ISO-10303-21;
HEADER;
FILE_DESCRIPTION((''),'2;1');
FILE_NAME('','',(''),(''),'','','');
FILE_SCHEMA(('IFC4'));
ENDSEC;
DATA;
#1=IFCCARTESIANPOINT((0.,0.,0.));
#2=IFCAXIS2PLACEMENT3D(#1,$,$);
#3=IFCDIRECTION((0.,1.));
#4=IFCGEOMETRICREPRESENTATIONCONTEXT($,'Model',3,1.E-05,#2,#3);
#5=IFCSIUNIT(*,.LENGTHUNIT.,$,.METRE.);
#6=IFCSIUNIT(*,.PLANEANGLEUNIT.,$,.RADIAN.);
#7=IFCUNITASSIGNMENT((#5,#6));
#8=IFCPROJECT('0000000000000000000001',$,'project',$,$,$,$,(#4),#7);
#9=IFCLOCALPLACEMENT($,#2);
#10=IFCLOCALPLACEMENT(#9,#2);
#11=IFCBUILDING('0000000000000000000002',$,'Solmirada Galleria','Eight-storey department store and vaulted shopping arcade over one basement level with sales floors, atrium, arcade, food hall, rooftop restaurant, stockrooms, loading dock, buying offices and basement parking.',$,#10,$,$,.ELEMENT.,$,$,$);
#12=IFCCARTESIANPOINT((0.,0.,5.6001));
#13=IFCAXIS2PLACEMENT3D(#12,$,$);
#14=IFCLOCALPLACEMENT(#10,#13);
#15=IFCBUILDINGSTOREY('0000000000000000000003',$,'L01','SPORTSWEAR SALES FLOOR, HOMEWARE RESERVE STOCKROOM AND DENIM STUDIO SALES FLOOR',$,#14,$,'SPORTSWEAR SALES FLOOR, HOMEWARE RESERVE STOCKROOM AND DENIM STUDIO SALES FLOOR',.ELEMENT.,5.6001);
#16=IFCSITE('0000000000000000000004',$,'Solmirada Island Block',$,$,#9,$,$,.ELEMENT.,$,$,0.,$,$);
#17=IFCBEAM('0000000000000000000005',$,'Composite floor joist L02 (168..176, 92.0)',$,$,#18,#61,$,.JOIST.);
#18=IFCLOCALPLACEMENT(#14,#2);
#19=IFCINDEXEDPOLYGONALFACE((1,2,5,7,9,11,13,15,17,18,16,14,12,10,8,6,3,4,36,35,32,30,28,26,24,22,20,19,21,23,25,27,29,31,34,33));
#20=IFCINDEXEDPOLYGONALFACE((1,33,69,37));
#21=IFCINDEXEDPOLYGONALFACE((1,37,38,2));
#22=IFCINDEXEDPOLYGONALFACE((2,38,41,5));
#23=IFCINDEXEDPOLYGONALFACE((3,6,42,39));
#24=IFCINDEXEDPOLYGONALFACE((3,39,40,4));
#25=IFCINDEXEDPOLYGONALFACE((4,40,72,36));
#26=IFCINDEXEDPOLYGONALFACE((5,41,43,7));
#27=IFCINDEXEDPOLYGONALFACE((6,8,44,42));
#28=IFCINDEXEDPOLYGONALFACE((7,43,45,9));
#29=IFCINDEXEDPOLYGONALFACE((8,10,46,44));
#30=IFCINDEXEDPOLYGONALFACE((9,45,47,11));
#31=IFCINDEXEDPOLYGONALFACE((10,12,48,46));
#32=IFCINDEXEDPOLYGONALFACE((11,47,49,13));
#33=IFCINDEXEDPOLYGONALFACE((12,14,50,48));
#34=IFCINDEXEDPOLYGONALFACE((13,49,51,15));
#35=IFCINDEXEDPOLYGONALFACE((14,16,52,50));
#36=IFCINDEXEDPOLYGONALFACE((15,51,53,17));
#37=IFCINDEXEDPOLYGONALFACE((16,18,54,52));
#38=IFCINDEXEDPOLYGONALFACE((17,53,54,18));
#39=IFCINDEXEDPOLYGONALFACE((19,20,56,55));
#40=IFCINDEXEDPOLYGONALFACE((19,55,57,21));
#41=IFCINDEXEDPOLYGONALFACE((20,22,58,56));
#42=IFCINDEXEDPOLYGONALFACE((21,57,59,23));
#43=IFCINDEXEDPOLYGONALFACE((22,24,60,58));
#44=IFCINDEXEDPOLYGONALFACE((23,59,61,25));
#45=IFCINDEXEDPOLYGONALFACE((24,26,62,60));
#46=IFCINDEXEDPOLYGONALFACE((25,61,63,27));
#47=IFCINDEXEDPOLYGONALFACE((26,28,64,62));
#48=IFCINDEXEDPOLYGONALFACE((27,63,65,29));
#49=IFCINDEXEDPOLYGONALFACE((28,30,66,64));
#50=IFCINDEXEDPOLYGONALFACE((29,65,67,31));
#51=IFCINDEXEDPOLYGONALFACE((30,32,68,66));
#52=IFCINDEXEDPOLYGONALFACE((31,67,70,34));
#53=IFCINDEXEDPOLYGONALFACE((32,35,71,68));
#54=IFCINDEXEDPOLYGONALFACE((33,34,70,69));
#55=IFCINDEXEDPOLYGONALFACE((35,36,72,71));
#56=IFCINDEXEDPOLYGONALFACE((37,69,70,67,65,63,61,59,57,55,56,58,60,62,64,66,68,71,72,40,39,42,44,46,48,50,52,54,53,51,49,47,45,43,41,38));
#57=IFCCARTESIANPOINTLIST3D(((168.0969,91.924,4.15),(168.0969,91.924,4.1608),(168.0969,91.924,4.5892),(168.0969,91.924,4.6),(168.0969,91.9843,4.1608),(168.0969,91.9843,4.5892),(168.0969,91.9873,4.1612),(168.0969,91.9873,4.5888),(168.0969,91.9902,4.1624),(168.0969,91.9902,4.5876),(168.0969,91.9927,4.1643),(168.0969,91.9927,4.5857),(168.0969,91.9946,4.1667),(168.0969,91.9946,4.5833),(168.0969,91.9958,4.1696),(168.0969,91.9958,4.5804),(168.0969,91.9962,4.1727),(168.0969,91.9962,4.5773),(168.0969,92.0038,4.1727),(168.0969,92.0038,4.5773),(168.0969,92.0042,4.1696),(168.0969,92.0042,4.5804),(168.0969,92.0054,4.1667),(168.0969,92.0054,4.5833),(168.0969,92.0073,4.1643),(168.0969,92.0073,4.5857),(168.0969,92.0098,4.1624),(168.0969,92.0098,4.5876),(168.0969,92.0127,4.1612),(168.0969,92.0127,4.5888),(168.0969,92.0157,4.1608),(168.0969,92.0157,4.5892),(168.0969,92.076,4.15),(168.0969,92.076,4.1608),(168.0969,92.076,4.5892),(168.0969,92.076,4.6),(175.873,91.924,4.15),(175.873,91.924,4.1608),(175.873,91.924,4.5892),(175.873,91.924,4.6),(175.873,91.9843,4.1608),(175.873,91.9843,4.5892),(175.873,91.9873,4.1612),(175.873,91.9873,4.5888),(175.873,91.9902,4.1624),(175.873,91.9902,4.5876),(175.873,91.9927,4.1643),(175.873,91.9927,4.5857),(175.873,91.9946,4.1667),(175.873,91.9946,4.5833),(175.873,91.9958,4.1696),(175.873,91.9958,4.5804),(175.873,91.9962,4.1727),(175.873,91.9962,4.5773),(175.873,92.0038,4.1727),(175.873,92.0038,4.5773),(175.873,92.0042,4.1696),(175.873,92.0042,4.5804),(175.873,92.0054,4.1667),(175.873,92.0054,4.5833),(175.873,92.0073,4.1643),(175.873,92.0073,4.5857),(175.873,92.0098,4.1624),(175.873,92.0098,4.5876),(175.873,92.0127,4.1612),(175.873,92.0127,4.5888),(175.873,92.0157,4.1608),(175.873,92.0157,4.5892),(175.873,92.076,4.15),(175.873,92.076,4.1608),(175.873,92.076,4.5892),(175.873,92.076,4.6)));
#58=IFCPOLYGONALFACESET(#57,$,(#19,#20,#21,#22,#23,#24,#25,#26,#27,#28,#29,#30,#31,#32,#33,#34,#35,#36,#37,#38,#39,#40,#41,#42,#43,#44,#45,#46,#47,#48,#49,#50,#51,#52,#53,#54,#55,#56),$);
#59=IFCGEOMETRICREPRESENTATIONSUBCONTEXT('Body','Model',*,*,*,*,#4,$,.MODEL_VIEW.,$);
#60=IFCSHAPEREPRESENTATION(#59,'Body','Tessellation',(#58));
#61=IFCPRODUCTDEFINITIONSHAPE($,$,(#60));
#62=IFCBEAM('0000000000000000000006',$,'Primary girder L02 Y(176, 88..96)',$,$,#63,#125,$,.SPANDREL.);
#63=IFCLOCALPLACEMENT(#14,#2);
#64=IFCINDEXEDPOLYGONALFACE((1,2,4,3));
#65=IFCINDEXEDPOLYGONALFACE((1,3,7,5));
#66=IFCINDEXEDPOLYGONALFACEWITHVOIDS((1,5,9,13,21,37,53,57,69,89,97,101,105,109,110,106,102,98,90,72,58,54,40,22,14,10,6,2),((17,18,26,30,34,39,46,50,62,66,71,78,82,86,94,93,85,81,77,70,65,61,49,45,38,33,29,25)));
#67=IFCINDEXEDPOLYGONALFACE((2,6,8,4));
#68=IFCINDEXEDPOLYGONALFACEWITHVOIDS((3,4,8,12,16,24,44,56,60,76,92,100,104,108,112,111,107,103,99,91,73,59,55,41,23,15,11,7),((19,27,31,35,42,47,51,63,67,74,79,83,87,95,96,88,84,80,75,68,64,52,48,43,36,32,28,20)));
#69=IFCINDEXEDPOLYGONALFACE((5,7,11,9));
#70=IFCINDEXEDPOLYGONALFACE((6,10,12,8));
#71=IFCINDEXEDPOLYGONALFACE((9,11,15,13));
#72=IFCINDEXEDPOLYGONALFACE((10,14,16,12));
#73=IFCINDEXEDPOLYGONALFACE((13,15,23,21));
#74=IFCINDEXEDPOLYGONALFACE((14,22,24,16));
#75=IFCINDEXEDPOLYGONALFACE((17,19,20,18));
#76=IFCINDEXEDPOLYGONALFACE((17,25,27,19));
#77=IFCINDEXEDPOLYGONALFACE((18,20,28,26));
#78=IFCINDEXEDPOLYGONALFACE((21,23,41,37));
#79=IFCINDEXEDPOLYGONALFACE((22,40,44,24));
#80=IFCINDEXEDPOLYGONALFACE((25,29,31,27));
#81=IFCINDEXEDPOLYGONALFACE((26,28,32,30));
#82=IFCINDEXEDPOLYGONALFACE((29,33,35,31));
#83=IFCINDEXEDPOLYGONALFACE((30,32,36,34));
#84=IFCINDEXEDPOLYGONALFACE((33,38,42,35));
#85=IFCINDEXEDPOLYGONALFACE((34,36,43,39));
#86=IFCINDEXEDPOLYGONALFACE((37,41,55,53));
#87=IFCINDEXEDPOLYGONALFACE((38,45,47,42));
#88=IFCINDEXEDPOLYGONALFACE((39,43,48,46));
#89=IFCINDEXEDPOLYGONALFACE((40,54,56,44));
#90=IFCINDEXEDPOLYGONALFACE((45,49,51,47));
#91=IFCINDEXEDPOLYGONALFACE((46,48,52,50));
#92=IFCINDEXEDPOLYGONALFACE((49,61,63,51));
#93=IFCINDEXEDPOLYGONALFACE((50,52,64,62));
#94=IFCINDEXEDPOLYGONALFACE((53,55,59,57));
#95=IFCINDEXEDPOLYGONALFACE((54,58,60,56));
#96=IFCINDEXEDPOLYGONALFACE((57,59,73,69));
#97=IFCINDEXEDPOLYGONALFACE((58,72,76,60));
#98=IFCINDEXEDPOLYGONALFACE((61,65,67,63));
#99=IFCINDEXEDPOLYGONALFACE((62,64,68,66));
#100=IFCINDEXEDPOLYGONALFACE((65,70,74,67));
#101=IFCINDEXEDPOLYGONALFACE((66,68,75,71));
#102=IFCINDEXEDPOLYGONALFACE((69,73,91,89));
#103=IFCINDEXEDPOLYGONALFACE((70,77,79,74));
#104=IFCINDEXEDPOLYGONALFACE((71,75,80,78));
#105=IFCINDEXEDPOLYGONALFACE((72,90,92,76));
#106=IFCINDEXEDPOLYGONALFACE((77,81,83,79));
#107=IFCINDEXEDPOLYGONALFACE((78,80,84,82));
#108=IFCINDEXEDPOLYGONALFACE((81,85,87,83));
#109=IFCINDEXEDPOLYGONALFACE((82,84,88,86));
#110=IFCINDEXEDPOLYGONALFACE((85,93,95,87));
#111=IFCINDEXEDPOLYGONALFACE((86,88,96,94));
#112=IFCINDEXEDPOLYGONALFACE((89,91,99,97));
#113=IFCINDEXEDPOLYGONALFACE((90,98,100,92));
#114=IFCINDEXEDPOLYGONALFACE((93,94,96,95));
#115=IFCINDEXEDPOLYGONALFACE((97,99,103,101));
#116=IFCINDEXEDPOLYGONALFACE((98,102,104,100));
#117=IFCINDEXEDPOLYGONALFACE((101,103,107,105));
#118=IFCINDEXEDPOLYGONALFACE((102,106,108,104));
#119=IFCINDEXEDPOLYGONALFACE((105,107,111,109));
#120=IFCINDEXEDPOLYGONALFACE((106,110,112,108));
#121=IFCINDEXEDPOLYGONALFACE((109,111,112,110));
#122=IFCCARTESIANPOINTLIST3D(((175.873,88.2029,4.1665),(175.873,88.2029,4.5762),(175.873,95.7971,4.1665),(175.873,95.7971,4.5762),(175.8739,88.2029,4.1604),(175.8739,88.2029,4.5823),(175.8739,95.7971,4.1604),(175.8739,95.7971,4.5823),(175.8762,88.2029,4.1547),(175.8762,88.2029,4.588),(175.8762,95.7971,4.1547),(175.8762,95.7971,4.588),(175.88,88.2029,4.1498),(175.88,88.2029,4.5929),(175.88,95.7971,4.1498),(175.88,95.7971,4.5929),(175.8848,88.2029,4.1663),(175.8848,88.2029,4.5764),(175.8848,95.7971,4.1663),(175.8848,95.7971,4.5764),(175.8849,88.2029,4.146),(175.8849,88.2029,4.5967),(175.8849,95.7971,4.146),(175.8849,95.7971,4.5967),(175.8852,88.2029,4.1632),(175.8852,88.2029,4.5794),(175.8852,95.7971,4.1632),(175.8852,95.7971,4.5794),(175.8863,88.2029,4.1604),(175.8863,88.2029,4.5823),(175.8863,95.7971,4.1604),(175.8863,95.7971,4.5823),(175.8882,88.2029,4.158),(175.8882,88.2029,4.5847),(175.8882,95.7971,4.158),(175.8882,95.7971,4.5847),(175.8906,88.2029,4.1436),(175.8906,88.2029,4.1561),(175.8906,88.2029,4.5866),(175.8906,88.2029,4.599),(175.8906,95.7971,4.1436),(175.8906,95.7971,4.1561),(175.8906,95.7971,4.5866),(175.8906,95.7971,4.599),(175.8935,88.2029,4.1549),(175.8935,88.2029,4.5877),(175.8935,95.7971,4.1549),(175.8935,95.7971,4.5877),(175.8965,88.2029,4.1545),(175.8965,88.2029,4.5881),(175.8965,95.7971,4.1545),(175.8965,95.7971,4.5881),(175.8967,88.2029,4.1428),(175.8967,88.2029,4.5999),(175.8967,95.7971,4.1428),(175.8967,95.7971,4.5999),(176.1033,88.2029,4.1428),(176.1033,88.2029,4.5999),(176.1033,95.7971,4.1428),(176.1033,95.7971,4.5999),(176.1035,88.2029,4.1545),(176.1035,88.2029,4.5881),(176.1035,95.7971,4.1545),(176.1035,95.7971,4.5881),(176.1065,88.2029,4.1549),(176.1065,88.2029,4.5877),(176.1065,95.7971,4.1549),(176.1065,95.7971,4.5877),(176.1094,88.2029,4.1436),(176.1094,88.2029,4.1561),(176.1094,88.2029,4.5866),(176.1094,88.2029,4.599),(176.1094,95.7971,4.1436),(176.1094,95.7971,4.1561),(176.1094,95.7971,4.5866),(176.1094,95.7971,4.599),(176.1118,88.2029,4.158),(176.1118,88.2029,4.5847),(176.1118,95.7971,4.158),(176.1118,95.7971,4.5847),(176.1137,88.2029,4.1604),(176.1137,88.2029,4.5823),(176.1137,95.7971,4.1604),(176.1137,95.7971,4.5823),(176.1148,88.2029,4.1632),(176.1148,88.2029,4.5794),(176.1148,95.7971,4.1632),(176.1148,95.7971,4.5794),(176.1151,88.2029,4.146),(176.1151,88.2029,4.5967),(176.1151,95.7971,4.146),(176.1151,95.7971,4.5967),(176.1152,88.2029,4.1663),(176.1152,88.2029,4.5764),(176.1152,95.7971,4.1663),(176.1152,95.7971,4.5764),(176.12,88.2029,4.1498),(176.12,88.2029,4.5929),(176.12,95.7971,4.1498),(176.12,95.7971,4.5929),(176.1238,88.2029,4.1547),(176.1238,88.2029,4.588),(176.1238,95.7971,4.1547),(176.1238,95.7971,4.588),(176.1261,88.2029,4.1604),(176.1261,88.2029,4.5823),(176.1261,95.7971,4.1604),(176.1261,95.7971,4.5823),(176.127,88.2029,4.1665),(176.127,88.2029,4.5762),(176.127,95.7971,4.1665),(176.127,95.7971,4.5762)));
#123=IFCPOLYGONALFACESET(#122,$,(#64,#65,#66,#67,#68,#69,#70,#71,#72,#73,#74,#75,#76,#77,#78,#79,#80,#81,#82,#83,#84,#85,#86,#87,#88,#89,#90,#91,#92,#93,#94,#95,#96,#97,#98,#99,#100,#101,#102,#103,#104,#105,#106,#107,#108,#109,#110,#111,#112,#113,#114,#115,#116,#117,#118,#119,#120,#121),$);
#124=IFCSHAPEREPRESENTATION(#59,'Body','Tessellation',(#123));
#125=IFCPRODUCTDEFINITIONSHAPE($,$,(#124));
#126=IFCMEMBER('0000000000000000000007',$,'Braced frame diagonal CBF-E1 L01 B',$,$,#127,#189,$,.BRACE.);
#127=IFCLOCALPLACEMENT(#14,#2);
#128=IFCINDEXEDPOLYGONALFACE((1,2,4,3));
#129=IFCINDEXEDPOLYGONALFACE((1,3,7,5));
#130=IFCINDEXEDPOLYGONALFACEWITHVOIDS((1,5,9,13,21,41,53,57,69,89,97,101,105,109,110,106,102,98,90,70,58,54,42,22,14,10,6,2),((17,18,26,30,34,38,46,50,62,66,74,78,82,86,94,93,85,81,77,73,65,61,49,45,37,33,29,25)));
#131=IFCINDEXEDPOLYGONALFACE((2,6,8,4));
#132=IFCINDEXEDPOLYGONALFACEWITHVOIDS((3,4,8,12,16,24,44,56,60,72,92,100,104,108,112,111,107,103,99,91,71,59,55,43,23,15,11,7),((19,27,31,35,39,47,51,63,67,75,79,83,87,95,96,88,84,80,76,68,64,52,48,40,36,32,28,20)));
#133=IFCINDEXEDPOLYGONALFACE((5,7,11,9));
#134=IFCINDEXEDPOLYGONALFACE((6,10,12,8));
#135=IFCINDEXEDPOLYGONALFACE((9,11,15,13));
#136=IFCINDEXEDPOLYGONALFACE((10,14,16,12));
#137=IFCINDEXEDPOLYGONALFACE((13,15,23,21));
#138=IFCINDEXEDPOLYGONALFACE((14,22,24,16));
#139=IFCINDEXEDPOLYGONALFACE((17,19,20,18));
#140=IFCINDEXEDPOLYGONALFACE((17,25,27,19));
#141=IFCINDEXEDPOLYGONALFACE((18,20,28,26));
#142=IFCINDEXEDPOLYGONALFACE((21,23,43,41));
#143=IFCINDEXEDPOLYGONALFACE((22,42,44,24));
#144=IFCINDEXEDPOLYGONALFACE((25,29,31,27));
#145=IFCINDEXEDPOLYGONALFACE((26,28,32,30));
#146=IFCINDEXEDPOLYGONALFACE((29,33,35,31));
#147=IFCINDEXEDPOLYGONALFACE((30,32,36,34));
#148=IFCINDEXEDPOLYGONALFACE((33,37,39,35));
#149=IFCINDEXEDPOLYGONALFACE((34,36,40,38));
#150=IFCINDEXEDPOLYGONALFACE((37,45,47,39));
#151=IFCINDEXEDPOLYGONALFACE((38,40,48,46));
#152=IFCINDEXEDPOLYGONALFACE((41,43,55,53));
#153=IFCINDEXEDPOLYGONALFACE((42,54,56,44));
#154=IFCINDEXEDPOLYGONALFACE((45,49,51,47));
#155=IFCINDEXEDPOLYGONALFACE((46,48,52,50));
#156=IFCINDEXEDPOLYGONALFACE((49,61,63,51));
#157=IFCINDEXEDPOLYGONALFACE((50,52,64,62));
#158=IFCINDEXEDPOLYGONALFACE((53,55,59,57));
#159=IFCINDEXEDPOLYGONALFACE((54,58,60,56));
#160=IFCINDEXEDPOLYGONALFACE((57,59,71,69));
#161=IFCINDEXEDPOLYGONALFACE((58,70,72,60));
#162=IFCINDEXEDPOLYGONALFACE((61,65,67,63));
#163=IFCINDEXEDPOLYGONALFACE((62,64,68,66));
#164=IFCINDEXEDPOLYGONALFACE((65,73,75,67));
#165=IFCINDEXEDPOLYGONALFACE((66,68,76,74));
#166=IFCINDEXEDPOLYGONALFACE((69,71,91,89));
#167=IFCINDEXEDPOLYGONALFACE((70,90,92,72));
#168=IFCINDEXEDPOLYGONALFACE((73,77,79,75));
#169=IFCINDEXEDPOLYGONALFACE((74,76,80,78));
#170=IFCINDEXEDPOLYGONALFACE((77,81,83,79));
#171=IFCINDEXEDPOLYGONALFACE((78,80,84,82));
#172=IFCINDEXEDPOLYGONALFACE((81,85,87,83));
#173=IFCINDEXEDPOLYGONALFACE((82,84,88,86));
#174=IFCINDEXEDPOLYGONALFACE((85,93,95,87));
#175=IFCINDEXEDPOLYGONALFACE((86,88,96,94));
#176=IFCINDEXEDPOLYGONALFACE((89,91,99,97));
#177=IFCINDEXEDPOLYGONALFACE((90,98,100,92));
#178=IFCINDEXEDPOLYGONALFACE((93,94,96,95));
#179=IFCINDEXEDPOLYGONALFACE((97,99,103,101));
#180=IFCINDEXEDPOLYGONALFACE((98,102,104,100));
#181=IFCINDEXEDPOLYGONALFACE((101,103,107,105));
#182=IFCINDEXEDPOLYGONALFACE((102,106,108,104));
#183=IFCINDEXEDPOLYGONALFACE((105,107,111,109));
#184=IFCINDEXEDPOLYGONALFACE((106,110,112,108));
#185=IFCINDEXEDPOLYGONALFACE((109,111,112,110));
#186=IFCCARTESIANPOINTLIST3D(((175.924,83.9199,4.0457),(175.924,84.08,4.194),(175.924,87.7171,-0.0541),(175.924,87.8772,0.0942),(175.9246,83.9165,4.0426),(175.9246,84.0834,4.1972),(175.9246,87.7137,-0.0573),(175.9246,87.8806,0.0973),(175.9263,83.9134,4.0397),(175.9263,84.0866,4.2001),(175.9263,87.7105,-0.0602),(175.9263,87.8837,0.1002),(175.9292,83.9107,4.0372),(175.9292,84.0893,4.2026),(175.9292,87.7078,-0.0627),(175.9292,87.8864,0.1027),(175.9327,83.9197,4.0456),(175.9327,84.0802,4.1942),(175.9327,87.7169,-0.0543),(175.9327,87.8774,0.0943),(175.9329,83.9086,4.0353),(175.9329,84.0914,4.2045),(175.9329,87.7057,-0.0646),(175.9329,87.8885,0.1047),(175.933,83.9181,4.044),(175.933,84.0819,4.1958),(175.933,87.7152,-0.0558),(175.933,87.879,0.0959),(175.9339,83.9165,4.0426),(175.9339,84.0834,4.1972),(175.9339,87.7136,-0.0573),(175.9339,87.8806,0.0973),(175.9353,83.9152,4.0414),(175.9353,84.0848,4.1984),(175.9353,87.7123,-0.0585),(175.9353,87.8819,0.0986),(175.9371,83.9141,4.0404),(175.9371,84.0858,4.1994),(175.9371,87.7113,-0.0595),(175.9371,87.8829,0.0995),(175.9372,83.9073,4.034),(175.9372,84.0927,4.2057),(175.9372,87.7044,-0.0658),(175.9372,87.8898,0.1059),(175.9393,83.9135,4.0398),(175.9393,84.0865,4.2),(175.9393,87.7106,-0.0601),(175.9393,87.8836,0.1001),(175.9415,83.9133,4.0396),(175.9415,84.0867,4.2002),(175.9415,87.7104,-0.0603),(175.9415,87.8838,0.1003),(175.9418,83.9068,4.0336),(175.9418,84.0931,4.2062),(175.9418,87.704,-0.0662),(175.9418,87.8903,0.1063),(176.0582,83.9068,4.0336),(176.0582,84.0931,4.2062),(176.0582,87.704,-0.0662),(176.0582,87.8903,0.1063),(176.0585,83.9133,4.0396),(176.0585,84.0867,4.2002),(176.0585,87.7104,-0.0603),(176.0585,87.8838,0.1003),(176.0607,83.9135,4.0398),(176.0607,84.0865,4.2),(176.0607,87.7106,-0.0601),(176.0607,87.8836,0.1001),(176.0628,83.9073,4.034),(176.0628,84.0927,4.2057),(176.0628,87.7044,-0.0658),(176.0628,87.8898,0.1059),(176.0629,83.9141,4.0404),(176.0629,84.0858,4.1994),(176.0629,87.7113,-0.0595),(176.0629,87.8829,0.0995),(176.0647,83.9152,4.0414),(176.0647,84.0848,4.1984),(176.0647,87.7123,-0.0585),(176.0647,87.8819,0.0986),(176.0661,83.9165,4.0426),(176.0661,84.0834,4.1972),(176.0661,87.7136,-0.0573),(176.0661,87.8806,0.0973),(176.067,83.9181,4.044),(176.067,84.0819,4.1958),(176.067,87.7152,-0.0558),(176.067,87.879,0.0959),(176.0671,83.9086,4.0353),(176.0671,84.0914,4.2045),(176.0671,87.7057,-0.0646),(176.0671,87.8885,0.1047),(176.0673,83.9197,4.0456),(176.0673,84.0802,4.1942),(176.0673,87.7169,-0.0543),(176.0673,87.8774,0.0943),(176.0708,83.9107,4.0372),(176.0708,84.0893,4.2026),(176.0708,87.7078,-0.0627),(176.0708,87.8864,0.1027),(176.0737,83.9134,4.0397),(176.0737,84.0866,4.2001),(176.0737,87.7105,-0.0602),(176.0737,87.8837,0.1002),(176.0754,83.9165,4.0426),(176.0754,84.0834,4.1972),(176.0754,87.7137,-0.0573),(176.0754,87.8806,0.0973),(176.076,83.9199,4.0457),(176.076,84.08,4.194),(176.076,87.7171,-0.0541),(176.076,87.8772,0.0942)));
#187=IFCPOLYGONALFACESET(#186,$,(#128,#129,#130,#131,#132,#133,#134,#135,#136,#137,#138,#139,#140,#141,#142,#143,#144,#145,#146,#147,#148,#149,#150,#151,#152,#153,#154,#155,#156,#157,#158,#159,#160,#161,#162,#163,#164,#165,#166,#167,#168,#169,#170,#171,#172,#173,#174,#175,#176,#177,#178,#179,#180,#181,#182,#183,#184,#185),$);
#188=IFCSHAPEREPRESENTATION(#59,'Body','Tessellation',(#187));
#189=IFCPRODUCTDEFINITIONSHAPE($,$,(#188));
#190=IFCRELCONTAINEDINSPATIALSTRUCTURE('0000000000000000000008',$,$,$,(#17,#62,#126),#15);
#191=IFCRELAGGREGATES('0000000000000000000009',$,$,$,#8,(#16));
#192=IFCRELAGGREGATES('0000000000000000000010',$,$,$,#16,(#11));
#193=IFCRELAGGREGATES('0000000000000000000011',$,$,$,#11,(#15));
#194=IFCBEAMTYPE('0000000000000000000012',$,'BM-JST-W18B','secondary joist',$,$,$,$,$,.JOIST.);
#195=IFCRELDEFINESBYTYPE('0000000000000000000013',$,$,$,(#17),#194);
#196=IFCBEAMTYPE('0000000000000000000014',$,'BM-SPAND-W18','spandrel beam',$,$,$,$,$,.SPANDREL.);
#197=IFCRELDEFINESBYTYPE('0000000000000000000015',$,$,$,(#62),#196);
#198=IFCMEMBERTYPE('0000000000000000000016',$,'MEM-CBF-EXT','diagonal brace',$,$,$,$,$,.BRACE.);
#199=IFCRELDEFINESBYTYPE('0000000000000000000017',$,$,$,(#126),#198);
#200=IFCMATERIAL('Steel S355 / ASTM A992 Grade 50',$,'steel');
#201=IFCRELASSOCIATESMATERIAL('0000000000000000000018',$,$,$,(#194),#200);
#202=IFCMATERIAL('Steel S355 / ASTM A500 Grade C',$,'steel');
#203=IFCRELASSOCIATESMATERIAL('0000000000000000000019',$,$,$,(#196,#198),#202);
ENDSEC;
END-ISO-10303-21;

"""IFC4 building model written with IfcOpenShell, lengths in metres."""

from ifc_helpers import new_model, si_unit, direction, frame, origin, origin_2d, place, context, subcontext, project, spatial, hollow_rectangle, i_section, extrude, material, material_profile, profile_set, type_object, element, save


model = new_model("IFC4")

# Units and contexts
model_context = context("Model", 3, precision=1e-05, world=origin(), true_north=direction((0.0, 1.0)))
body_context = subcontext(model_context, "Body", "Model", "MODEL_VIEW")
ifc_project = project(units=[si_unit("LENGTHUNIT", "METRE"), si_unit("PLANEANGLEUNIT", "RADIAN")], contexts=[model_context])

# Site, building, storey
site_placement = place(None, origin())
site = spatial("IfcSite", under=ifc_project, at=site_placement, Name="Solmirada Island Block", CompositionType="ELEMENT", RefElevation=0.0)
building_placement = place(site_placement, origin())
building = spatial("IfcBuilding", under=site, at=building_placement, Name="Solmirada Galleria", Description="Eight-storey department store and vaulted shopping arcade over one basement level with sales floors, atrium, arcade, food hall, rooftop restaurant, stockrooms, loading dock, buying offices and basement parking.", CompositionType="ELEMENT")
storey_placement = place(building_placement, frame((0.0, 0.0, 5.6001)))
storey = spatial("IfcBuildingStorey", under=building, at=storey_placement, Name="L01", Description="SPORTSWEAR SALES FLOOR, HOMEWARE RESERVE STOCKROOM AND DENIM STUDIO SALES FLOOR", LongName="SPORTSWEAR SALES FLOOR, HOMEWARE RESERVE STOCKROOM AND DENIM STUDIO SALES FLOOR", CompositionType="ELEMENT", Elevation=5.6001)

# Shared definitions
ifc_material_1 = material(Name="Steel S355 / ASTM A500 Grade C", Category="steel")

# Beams
ifc_material_2 = material(Name="Steel S355 / ASTM A992 Grade 50", Category="steel")
ifc_material_profile_1 = material_profile(ifc_material_2, i_section(OverallWidth=0.1521, OverallDepth=0.45, WebThickness=0.0076, FlangeThickness=0.0107, FilletRadius=0.012, at=origin_2d()), Name="W18X35")
ifc_profile_set_1 = profile_set([ifc_material_profile_1], Name="Steel S355 / ASTM A992 Grade 50")
beam_type_1 = type_object("IfcBeamType", Name="BM-JST-W18B", Description="secondary joist", PredefinedType="JOIST", material=ifc_profile_set_1)
beam_1_placement = place(storey_placement, frame((168.0969, 92.0, 4.375), z_axis=(1.0, 0.0, 0.0), x_axis=(0.0, 1.0, 0.0)))
element("IfcBeam", 1, at=beam_1_placement, inside=storey, type_object=beam_type_1, Name="Composite floor joist L02 (168..176, 92.0)", PredefinedType="JOIST", context=body_context, shape_type="SweptSolid", body=[
    extrude(i_section(OverallWidth=0.1521, OverallDepth=0.45, WebThickness=0.0076, FlangeThickness=0.0107, FilletRadius=0.012, at=origin_2d()), origin(), (0.0, 0.0, 1.0), 7.7761),
])
ifc_material_profile_2 = material_profile(ifc_material_1, hollow_rectangle(XDim=0.2539, YDim=0.457, WallThickness=0.0117, InnerFilletRadius=0.0117, OuterFilletRadius=0.0237, at=origin_2d()), Name="HSS18X10X1/2")
ifc_profile_set_2 = profile_set([ifc_material_profile_2], Name="Steel S355 / ASTM A500 Grade C")
beam_type_2 = type_object("IfcBeamType", Name="BM-SPAND-W18", Description="spandrel beam", PredefinedType="SPANDREL", material=ifc_profile_set_2)
beam_2_placement = place(storey_placement, frame((176.0, 88.2029, 4.3713), z_axis=(0.0, 1.0, 0.0), x_axis=(-1.0, 0.0, 0.0)))
element("IfcBeam", 2, at=beam_2_placement, inside=storey, type_object=beam_type_2, Name="Primary girder L02 Y(176, 88..96)", PredefinedType="SPANDREL", context=body_context, shape_type="SweptSolid", body=[
    extrude(hollow_rectangle(XDim=0.2539, YDim=0.457, WallThickness=0.0117, InnerFilletRadius=0.0117, OuterFilletRadius=0.0237, at=origin_2d()), origin(), (0.0, 0.0, 1.0), 7.5942),
])

# Member
ifc_material_profile_3 = material_profile(ifc_material_1, hollow_rectangle(XDim=0.1521, YDim=0.2539, WallThickness=0.0088, InnerFilletRadius=0.0088, OuterFilletRadius=0.0178, at=origin_2d()), Name="HSS10X6X3/8")
ifc_profile_set_3 = profile_set([ifc_material_profile_3], Name="Steel S355 / ASTM A500 Grade C")
member_type = type_object("IfcMemberType", Name="MEM-CBF-EXT", Description="diagonal brace", PredefinedType="BRACE", material=ifc_profile_set_3)
member_placement = place(storey_placement, frame((176.0, 87.7971, 0.02), z_axis=(0.0, -0.6795, 0.733675), x_axis=(1.0, 0.0, 0.0)))
element("IfcMember", 3, at=member_placement, inside=storey, type_object=member_type, Name="Braced frame diagonal CBF-E1 L01 B", PredefinedType="BRACE", context=body_context, shape_type="SweptSolid", body=[
    extrude(hollow_rectangle(XDim=0.1521, YDim=0.2539, WallThickness=0.0088, InnerFilletRadius=0.0088, OuterFilletRadius=0.0178, at=origin_2d()), origin(), (0.0, 0.0, 1.0), 5.5881),
])

save(model, "model.ifc")
